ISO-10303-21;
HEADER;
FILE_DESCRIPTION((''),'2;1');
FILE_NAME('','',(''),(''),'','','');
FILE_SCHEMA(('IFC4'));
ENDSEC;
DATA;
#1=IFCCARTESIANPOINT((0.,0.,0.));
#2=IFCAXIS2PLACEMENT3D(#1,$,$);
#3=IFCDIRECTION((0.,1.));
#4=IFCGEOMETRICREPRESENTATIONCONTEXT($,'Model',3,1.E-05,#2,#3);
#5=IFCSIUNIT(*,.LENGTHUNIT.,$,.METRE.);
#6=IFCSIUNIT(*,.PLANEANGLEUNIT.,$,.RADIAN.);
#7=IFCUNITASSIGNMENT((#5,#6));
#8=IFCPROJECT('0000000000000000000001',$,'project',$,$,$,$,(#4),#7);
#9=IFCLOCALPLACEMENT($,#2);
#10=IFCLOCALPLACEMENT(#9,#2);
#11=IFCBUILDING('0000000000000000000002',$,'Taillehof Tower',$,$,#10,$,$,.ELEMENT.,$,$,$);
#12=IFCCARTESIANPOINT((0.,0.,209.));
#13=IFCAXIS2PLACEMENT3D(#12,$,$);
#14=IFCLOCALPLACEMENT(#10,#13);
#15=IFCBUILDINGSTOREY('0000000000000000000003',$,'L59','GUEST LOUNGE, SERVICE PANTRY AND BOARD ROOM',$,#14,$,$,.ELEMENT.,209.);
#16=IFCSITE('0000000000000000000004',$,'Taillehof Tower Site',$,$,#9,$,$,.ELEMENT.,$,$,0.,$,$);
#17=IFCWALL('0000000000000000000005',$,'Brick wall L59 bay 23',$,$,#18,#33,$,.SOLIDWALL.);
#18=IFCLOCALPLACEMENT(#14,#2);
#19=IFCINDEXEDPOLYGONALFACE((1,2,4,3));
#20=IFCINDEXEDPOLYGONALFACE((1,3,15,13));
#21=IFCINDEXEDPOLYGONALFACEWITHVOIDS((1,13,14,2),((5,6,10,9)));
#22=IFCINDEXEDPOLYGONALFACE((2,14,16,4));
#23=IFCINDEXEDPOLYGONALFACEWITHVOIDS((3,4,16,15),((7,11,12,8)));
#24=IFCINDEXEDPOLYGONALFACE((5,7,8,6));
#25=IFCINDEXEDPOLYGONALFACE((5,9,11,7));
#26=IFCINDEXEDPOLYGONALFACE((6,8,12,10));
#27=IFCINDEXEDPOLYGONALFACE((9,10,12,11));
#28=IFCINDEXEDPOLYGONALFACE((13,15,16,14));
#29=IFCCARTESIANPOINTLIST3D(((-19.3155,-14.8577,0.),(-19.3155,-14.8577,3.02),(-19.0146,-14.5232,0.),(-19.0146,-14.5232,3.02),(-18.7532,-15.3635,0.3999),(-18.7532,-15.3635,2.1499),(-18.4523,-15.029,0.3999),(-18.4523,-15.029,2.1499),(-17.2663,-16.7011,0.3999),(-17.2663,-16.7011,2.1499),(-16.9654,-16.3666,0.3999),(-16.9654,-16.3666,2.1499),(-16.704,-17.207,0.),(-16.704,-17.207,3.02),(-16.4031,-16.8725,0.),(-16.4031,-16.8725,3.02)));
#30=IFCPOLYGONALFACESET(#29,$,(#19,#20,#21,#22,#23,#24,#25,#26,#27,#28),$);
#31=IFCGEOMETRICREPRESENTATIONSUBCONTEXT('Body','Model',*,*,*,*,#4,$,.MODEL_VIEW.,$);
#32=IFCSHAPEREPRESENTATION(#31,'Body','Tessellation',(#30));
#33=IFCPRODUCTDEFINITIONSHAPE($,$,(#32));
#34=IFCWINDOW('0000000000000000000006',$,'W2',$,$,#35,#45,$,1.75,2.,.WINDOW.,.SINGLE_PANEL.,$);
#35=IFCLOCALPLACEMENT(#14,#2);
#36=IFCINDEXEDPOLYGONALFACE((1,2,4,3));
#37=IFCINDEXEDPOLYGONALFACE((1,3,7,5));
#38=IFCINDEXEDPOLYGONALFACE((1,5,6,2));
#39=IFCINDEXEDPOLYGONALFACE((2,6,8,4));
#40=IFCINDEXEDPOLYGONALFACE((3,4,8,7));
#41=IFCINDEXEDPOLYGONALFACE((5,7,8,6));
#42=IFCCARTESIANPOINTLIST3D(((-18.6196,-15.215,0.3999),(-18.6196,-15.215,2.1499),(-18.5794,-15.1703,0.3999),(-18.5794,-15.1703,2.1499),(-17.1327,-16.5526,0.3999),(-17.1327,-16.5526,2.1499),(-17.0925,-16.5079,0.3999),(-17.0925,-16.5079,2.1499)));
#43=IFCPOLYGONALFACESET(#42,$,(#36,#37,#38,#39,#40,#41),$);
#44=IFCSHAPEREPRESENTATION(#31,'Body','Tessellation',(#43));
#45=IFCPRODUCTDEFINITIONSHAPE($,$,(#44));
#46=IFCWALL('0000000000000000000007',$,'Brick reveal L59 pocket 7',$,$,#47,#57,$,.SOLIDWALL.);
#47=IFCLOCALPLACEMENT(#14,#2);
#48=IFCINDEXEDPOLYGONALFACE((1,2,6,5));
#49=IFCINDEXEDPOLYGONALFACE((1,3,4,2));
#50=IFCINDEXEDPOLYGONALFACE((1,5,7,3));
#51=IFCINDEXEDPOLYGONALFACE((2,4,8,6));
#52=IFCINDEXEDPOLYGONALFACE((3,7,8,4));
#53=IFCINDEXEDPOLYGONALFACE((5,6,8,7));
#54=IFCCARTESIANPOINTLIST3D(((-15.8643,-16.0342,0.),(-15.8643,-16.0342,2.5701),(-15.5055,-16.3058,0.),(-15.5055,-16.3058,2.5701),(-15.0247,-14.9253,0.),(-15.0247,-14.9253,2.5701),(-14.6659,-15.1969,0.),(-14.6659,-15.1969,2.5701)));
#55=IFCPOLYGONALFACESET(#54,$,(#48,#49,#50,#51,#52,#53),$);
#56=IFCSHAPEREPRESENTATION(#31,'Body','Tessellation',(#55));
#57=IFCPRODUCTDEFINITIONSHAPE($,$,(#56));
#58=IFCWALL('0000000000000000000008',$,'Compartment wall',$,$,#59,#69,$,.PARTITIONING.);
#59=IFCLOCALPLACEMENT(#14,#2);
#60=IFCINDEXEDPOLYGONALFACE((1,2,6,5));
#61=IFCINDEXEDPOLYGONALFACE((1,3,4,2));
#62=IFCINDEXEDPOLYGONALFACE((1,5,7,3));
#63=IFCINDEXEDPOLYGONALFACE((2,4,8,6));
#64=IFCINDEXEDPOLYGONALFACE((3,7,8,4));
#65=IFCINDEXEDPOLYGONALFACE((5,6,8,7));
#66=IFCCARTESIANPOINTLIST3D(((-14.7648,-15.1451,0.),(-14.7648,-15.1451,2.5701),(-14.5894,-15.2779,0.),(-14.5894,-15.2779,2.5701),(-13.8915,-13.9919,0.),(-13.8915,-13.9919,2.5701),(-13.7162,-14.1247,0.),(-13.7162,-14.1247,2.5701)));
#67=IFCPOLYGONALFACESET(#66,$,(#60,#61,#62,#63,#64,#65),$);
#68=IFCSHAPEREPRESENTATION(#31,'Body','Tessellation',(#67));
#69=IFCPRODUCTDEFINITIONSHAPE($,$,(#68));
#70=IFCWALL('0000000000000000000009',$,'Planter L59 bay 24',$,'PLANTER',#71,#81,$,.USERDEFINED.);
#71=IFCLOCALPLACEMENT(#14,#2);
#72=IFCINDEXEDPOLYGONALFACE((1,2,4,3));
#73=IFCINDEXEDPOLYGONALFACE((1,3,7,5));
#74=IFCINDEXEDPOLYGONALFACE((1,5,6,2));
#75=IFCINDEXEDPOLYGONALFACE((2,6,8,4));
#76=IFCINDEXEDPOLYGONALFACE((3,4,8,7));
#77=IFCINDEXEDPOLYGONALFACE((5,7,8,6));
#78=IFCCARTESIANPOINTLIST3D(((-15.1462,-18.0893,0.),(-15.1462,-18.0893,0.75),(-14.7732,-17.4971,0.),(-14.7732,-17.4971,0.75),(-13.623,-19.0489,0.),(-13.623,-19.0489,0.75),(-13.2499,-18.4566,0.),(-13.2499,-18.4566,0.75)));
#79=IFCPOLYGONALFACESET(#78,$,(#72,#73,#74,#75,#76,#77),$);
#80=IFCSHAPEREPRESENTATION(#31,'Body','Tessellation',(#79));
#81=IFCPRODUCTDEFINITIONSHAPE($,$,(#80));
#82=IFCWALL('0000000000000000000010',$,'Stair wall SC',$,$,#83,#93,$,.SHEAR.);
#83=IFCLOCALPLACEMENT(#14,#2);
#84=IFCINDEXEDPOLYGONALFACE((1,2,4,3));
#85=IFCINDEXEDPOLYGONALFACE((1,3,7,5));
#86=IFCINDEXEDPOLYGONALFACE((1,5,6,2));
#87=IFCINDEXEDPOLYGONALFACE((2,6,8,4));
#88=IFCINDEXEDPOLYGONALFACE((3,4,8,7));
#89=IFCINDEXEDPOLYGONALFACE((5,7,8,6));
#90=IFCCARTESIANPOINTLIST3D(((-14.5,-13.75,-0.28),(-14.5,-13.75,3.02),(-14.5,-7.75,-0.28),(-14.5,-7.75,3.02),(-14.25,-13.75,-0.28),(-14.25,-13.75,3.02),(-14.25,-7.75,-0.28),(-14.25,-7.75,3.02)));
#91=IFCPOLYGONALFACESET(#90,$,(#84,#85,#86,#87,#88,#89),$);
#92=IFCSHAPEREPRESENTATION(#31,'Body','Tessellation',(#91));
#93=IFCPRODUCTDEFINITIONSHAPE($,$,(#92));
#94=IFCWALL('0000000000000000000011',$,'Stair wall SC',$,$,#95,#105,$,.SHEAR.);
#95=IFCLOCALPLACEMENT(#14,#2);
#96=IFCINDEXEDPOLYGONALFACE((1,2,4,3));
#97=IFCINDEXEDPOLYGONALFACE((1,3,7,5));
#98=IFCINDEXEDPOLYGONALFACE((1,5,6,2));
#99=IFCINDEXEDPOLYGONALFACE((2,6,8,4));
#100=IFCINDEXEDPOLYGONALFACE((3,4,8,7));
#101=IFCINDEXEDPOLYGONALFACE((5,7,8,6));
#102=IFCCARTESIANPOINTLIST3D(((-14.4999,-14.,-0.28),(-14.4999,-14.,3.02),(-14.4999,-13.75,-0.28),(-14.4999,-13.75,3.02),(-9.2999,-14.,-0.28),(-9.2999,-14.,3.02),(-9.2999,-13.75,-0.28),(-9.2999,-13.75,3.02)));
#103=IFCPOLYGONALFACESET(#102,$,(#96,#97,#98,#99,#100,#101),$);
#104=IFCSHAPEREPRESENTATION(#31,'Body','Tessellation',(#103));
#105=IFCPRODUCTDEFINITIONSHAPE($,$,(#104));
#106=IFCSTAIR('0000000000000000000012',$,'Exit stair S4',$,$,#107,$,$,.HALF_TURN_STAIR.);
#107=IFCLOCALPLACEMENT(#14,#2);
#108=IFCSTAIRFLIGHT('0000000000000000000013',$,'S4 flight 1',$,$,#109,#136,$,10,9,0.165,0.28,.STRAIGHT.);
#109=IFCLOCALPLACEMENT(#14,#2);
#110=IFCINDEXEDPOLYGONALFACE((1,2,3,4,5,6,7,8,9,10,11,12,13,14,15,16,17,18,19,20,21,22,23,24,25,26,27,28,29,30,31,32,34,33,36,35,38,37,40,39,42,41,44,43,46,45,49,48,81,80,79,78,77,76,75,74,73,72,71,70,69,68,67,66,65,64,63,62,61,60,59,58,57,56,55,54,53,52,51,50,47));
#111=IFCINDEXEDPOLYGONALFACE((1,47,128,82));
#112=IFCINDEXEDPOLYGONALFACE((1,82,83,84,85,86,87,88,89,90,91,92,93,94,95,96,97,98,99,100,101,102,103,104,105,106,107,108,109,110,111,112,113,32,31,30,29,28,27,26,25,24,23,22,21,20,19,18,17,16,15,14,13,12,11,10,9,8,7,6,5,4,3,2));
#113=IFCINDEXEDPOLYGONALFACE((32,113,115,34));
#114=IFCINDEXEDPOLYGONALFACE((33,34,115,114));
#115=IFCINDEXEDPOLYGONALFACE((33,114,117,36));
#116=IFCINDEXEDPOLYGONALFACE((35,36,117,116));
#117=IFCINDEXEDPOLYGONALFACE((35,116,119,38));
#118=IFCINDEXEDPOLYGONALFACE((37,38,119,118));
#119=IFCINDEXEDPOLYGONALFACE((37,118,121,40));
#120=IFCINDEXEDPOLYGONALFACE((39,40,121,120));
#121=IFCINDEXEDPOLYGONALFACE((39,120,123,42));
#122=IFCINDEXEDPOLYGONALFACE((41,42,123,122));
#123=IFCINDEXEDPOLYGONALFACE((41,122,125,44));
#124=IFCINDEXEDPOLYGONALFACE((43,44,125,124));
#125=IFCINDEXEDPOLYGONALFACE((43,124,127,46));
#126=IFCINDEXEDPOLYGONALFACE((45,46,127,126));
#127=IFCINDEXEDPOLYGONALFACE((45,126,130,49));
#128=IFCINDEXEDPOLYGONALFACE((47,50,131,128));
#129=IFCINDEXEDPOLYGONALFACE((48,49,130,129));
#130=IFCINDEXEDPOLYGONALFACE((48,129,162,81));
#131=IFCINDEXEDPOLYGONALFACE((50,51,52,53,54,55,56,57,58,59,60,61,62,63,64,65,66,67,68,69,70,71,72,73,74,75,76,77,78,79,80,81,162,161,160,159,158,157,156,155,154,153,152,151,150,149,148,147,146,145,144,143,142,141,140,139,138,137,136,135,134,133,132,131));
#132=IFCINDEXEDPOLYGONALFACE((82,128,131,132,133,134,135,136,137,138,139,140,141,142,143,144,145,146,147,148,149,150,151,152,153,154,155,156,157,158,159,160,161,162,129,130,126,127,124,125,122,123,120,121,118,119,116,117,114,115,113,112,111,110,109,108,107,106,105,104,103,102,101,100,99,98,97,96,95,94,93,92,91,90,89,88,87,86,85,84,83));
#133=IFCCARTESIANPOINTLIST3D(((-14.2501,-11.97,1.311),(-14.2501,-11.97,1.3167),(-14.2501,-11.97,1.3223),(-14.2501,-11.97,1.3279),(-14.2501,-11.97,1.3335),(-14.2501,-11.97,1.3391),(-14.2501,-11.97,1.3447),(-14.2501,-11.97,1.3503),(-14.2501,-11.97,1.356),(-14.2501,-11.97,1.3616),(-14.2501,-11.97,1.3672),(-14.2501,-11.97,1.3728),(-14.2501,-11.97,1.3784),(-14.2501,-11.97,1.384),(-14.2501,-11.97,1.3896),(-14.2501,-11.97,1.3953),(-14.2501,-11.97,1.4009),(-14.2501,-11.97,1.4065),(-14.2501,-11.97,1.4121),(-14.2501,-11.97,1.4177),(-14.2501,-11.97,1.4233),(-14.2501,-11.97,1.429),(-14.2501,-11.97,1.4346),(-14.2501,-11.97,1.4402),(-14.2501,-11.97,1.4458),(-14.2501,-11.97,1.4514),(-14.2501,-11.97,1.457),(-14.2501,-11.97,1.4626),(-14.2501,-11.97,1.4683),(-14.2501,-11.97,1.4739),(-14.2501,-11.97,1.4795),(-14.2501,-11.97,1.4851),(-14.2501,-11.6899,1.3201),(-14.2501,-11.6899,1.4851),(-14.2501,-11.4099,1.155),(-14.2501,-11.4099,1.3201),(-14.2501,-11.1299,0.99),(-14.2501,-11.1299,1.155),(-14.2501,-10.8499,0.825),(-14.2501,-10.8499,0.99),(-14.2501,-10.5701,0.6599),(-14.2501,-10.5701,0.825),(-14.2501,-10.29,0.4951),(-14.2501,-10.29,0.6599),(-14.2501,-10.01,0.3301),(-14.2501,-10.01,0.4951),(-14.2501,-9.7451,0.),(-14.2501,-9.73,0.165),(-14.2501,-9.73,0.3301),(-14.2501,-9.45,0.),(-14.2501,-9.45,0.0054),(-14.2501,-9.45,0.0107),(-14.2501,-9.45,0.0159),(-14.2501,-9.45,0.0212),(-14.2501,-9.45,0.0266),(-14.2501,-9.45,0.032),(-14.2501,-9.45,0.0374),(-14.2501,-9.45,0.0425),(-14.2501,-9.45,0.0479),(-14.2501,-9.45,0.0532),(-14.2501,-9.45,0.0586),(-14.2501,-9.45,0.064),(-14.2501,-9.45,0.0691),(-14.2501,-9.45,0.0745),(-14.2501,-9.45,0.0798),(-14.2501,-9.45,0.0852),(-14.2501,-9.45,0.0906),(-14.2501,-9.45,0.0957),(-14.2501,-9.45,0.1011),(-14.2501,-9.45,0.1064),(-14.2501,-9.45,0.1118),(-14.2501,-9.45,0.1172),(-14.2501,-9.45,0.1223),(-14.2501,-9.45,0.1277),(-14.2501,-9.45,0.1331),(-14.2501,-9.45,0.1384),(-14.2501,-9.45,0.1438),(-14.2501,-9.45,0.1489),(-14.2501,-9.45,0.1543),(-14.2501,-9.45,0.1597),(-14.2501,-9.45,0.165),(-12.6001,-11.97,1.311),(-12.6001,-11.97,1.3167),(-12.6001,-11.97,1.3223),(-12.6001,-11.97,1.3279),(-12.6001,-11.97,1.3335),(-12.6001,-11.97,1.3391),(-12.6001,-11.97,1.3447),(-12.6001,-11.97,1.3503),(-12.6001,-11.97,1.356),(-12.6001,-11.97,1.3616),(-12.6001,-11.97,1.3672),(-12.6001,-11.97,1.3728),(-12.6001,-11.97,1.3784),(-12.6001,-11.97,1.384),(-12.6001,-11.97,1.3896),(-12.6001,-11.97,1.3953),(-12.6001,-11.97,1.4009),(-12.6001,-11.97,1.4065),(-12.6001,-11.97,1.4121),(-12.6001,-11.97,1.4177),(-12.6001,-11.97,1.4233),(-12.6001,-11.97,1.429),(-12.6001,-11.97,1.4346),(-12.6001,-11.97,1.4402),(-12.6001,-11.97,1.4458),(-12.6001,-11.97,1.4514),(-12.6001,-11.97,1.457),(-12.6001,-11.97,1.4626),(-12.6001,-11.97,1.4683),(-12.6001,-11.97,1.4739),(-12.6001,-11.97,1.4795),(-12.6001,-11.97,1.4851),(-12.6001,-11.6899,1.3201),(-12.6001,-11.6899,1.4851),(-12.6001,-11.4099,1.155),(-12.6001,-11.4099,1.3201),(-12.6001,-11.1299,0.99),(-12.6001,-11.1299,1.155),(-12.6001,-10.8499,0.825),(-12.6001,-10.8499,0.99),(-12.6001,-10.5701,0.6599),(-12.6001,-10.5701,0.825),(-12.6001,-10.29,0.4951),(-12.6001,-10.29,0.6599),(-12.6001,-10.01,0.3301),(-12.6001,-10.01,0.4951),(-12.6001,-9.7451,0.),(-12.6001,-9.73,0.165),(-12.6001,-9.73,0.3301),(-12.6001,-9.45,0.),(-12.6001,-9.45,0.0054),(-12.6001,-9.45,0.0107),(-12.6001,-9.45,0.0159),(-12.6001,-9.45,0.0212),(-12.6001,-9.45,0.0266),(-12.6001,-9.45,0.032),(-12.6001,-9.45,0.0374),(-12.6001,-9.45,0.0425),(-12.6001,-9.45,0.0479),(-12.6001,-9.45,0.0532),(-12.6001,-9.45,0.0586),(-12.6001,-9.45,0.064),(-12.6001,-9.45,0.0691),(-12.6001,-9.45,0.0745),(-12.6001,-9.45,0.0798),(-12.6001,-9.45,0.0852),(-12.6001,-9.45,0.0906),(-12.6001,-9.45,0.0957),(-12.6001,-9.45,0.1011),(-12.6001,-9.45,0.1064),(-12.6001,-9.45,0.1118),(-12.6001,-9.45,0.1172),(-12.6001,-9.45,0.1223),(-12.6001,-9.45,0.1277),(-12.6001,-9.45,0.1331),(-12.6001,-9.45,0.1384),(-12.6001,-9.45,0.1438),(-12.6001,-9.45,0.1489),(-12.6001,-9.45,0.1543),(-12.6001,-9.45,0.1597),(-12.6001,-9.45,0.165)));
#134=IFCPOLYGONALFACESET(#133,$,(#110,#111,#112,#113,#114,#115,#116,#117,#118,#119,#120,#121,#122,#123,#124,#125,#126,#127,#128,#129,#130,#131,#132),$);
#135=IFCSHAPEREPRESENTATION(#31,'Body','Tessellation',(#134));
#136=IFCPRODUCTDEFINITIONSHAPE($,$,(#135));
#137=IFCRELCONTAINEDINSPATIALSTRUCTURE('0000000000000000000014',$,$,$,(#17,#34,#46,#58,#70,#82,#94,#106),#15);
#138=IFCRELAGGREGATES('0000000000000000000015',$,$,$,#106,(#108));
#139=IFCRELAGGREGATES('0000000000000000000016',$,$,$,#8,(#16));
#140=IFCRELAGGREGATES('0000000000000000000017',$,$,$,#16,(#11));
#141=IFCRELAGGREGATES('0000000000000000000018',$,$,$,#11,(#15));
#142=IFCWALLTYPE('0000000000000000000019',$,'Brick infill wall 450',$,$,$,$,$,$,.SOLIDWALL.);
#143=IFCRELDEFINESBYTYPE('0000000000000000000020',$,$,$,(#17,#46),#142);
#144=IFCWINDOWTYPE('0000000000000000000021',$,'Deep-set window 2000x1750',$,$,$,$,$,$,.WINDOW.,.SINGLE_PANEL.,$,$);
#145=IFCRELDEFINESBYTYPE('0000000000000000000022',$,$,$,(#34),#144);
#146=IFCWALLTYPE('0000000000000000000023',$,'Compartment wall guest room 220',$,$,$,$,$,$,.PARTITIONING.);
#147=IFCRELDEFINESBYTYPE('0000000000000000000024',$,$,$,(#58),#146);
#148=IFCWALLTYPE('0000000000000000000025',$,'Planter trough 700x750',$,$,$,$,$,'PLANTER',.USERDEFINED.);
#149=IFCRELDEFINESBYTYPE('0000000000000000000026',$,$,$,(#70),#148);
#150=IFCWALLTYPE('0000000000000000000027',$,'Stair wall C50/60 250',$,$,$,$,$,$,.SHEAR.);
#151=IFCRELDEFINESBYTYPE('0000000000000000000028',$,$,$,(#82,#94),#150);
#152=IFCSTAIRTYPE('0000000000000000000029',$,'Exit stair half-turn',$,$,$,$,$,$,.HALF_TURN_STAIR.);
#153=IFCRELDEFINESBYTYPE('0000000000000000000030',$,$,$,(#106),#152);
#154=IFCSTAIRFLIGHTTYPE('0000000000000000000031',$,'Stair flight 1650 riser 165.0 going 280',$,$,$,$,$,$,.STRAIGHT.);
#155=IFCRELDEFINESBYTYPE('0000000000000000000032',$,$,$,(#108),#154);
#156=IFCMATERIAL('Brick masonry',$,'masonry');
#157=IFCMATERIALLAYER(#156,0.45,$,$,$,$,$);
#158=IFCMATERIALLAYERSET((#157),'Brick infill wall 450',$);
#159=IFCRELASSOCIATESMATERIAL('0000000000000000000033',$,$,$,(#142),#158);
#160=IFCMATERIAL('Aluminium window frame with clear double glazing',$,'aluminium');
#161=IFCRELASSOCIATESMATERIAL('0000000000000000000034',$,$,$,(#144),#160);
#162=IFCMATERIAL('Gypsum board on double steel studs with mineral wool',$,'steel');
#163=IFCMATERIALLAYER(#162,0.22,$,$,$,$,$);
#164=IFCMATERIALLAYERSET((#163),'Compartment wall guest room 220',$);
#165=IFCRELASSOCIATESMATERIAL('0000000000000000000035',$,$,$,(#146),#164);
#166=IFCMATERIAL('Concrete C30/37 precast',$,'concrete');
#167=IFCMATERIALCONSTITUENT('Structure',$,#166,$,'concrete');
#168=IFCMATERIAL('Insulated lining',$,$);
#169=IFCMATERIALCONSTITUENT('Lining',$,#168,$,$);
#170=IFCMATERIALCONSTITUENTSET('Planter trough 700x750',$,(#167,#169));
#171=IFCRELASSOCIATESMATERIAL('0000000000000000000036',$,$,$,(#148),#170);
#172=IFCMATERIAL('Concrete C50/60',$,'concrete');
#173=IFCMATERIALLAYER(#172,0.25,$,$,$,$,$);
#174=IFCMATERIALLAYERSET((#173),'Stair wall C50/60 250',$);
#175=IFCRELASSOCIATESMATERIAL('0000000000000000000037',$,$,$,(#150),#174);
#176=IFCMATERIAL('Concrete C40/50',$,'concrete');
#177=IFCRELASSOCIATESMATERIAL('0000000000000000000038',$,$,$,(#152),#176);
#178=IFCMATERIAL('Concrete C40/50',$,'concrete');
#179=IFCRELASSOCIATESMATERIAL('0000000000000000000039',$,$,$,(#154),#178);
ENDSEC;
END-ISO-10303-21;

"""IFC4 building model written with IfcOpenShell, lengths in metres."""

from ifc_helpers import new_model, si_unit, direction, frame, frame_2d, origin, place, context, subcontext, project, spatial, polyline, rectangle, outline, extrude, material, layer, layer_set, constituent, constituent_set, type_object, element, fill, aggregate, save


model = new_model("IFC4")

# Units and contexts
model_context = context("Model", 3, precision=1e-05, world=origin(), true_north=direction((0.0, 1.0)))
body_context = subcontext(model_context, "Body", "Model", "MODEL_VIEW")
ifc_project = project(units=[si_unit("LENGTHUNIT", "METRE"), si_unit("PLANEANGLEUNIT", "RADIAN")], contexts=[model_context])

# Site, building, storey
site_placement = place(None, origin())
site = spatial("IfcSite", under=ifc_project, at=site_placement, Name="Taillehof Tower Site", CompositionType="ELEMENT", RefElevation=0.0)
building_placement = place(site_placement, origin())
building = spatial("IfcBuilding", under=site, at=building_placement, Name="Taillehof Tower", CompositionType="ELEMENT")
storey_placement = place(building_placement, frame((0.0, 0.0, 209.0)))
storey = spatial("IfcBuildingStorey", under=building, at=storey_placement, Name="L59", Description="GUEST LOUNGE, SERVICE PANTRY AND BOARD ROOM", CompositionType="ELEMENT", Elevation=209.0)

# Wall, opening, window
ifc_material_1 = material(Name="Brick masonry", Category="masonry")
ifc_layer_1 = layer(ifc_material_1, 0.45)
ifc_layer_set_1 = layer_set([ifc_layer_1], Name="Brick infill wall 450")
wall_type_1 = type_object("IfcWallType", Name="Brick infill wall 450", PredefinedType="SOLIDWALL", material=ifc_layer_set_1)
ifc_material_2 = material(Name="Aluminium window frame with clear double glazing", Category="aluminium")
window_type_1 = type_object("IfcWindowType", Name="Deep-set window 2000x1750", PartitioningType="SINGLE_PANEL", PredefinedType="WINDOW", material=ifc_material_2)
wall_1_placement = place(storey_placement, frame((-19.165, -14.6904, 0.0), z_axis=(0.0, 0.0, 1.0), x_axis=(0.743443, -0.6688, 0.0)))
wall_1 = element("IfcWall", 1, at=wall_1_placement, inside=storey, type_object=wall_type_1, Name="Brick wall L59 bay 23", PredefinedType="SOLIDWALL", context=body_context, shape_type="SweptSolid", body=[
    extrude(rectangle(XDim=3.5127, YDim=0.45, at=frame_2d((1.7563, 0.0))), origin(), (0.0, 0.0, 1.0), 3.02),
])
opening_1_placement = place(wall_1_placement, frame((0.7563, 0.0, 0.3999)))
opening_1 = element("IfcOpeningElement", 2, at=opening_1_placement, cuts=wall_1, PredefinedType="OPENING", context=body_context, shape_type="SweptSolid", body=[
    extrude(rectangle(XDim=2.0, YDim=1.75, at=frame_2d((1.0, 0.875))), frame((0.0, 0.2349, 0.0), z_axis=(0.0, -1.0, 0.0), x_axis=(1.0, 0.0, 0.0)), (0.0, 0.0, 1.0), 0.47),
])
window_1_placement = place(opening_1_placement, origin())
window_1 = element("IfcWindow", 3, at=window_1_placement, inside=storey, type_object=window_type_1, Name="W2", OverallHeight=1.75, OverallWidth=2.0, PartitioningType="SINGLE_PANEL", PredefinedType="WINDOW", context=body_context, shape_type="SweptSolid", body=[
    extrude(rectangle(XDim=2.0, YDim=1.75, at=frame_2d((1.0, 0.875))), frame((0.0, 0.0349, 0.0), z_axis=(0.0, -1.0, 0.0), x_axis=(1.0, 0.0, 0.0)), (0.0, 0.0, 1.0), 0.0601),
])
fill(opening_1, window_1)

# Wall
wall_2_placement = place(storey_placement, frame((-15.6848, -16.1699, 0.0), z_axis=(0.0, 0.0, 1.0), x_axis=(0.603645, 0.797253, 0.0)))
element("IfcWall", 4, at=wall_2_placement, inside=storey, type_object=wall_type_1, Name="Brick reveal L59 pocket 7", PredefinedType="SOLIDWALL", context=body_context, shape_type="SweptSolid", body=[
    extrude(rectangle(XDim=1.3909, YDim=0.45, at=frame_2d((0.6953, 0.0))), origin(), (0.0, 0.0, 1.0), 2.5701),
])

# Walls
ifc_material_3 = material(Name="Gypsum board on double steel studs with mineral wool", Category="steel")
ifc_layer_2 = layer(ifc_material_3, 0.22)
ifc_layer_set_2 = layer_set([ifc_layer_2], Name="Compartment wall guest room 220")
wall_type_2 = type_object("IfcWallType", Name="Compartment wall guest room 220", PredefinedType="PARTITIONING", material=ifc_layer_set_2)
wall_3_placement = place(storey_placement, frame((-14.677, -15.2114, 0.0), z_axis=(0.0, 0.0, 1.0), x_axis=(0.603666, 0.797237, 0.0)))
element("IfcWall", 5, at=wall_3_placement, inside=storey, type_object=wall_type_2, Name="Compartment wall", PredefinedType="PARTITIONING", context=body_context, shape_type="SweptSolid", body=[
    extrude(rectangle(XDim=1.4465, YDim=0.22, at=frame_2d((0.7231, 0.0))), origin(), (0.0, 0.0, 1.0), 2.5701),
])
ifc_material_4 = material(Name="Concrete C30/37 precast", Category="concrete")
ifc_constituent_1 = constituent(ifc_material_4, Name="Structure", Category="concrete")
ifc_material_5 = material(Name="Insulated lining")
ifc_constituent_2 = constituent(ifc_material_5, Name="Lining")
ifc_constituent_set = constituent_set(constituents=[ifc_constituent_1, ifc_constituent_2], Name="Planter trough 700x750")
wall_type_3 = type_object("IfcWallType", Name="Planter trough 700x750", ElementType="PLANTER", PredefinedType="USERDEFINED", material=ifc_constituent_set)
wall_4_placement = place(storey_placement, frame((-14.9597, -17.7932, 0.0), z_axis=(0.0, 0.0, 1.0), x_axis=(0.846126, -0.532982, 0.0)))
element("IfcWall", 6, at=wall_4_placement, inside=storey, type_object=wall_type_3, Name="Planter L59 bay 24", ObjectType="PLANTER", PredefinedType="USERDEFINED", context=body_context, shape_type="SweptSolid", body=[
    extrude(rectangle(XDim=1.8003, YDim=0.7, at=frame_2d((0.9001, 0.0))), origin(), (0.0, 0.0, 1.0), 0.75),
])
ifc_material_6 = material(Name="Concrete C50/60", Category="concrete")
ifc_layer_3 = layer(ifc_material_6, 0.25)
ifc_layer_set_3 = layer_set([ifc_layer_3], Name="Stair wall C50/60 250")
wall_type_4 = type_object("IfcWallType", Name="Stair wall C50/60 250", PredefinedType="SHEAR", material=ifc_layer_set_3)
wall_5_placement = place(storey_placement, frame((-14.375, -13.75, -0.28), z_axis=(0.0, 0.0, 1.0), x_axis=(0.0, 1.0, 0.0)))
element("IfcWall", 7, at=wall_5_placement, inside=storey, type_object=wall_type_4, Name="Stair wall SC", PredefinedType="SHEAR", context=body_context, shape_type="SweptSolid", body=[
    extrude(rectangle(XDim=6.0, YDim=0.25, at=frame_2d((3.0, 0.0))), origin(), (0.0, 0.0, 1.0), 3.3),
])
wall_6_placement = place(storey_placement, frame((-14.5, -13.875, -0.28), z_axis=(0.0, 0.0, 1.0), x_axis=(1.0, 0.0, 0.0)))
element("IfcWall", 8, at=wall_6_placement, inside=storey, type_object=wall_type_4, Name="Stair wall SC", PredefinedType="SHEAR", context=body_context, shape_type="SweptSolid", body=[
    extrude(rectangle(XDim=5.2, YDim=0.25, at=frame_2d((2.6001, 0.0))), origin(), (0.0, 0.0, 1.0), 3.3),
])

# Stair, stair flight
ifc_material_7 = material(Name="Concrete C40/50", Category="concrete")
stair_type = type_object("IfcStairType", Name="Exit stair half-turn", PredefinedType="HALF_TURN_STAIR", material=ifc_material_7)
stair_placement = place(storey_placement, origin())
stair = element("IfcStair", 9, at=stair_placement, inside=storey, type_object=stair_type, Name="Exit stair S4", PredefinedType="HALF_TURN_STAIR")
ifc_material_8 = material(Name="Concrete C40/50", Category="concrete")
stair_flight_type = type_object("IfcStairFlightType", Name="Stair flight 1650 riser 165.0 going 280", PredefinedType="STRAIGHT", material=ifc_material_8)
stair_flight_placement = place(storey_placement, frame((-13.425, -9.45, 0.0), z_axis=(0.0, 0.0, 1.0), x_axis=(0.0, -1.0, 0.0)))
stair_flight = element("IfcStairFlight", 10, at=stair_flight_placement, type_object=stair_flight_type, Name="S4 flight 1", NumberOfRisers=10, NumberOfTreads=9, PredefinedType="STRAIGHT", RiserHeight=0.165, TreadLength=0.28, context=body_context, shape_type="SweptSolid", body=[
    extrude(outline(polyline([(0.0, 0.0), (0.0, 0.0054), (0.0, 0.0107), (0.0, 0.0159), (0.0, 0.0212), (0.0, 0.0266), (0.0, 0.032), (0.0, 0.0374), (0.0, 0.0425), (0.0, 0.0479), (0.0, 0.0532), (0.0, 0.0586), (0.0, 0.064), (0.0, 0.0691), (0.0, 0.0745), (0.0, 0.0798), (0.0, 0.0852), (0.0, 0.0906), (0.0, 0.0957), (0.0, 0.1011), (0.0, 0.1064), (0.0, 0.1118), (0.0, 0.1172), (0.0, 0.1223), (0.0, 0.1277), (0.0, 0.1331), (0.0, 0.1384), (0.0, 0.1438), (0.0, 0.1489), (0.0, 0.1543), (0.0, 0.1597), (0.0, 0.165), (0.28, 0.165), (0.28, 0.3301), (0.5601, 0.3301), (0.5601, 0.4951), (0.8401, 0.4951), (0.8401, 0.6599), (1.1201, 0.6599), (1.1201, 0.825), (1.3999, 0.825), (1.3999, 0.99), (1.6799, 0.99), (1.6799, 1.155), (1.96, 1.155), (1.96, 1.3201), (2.24, 1.3201), (2.24, 1.4851), (2.52, 1.4851), (2.52, 1.4795), (2.52, 1.4739), (2.52, 1.4683), (2.52, 1.4626), (2.52, 1.457), (2.52, 1.4514), (2.52, 1.4458), (2.52, 1.4402), (2.52, 1.4346), (2.52, 1.429), (2.52, 1.4233), (2.52, 1.4177), (2.52, 1.4121), (2.52, 1.4065), (2.52, 1.4009), (2.52, 1.3953), (2.52, 1.3896), (2.52, 1.384), (2.52, 1.3784), (2.52, 1.3728), (2.52, 1.3672), (2.52, 1.3616), (2.52, 1.356), (2.52, 1.3503), (2.52, 1.3447), (2.52, 1.3391), (2.52, 1.3335), (2.52, 1.3279), (2.52, 1.3223), (2.52, 1.3167), (2.52, 1.311), (0.2952, 0.0), (0.0, 0.0)])), frame((0.0, 0.825, 0.0), z_axis=(0.0, -1.0, 0.0), x_axis=(1.0, 0.0, 0.0)), (0.0, 0.0, 1.0), 1.65),
])
aggregate(stair, [stair_flight])

save(model, "model.ifc")
